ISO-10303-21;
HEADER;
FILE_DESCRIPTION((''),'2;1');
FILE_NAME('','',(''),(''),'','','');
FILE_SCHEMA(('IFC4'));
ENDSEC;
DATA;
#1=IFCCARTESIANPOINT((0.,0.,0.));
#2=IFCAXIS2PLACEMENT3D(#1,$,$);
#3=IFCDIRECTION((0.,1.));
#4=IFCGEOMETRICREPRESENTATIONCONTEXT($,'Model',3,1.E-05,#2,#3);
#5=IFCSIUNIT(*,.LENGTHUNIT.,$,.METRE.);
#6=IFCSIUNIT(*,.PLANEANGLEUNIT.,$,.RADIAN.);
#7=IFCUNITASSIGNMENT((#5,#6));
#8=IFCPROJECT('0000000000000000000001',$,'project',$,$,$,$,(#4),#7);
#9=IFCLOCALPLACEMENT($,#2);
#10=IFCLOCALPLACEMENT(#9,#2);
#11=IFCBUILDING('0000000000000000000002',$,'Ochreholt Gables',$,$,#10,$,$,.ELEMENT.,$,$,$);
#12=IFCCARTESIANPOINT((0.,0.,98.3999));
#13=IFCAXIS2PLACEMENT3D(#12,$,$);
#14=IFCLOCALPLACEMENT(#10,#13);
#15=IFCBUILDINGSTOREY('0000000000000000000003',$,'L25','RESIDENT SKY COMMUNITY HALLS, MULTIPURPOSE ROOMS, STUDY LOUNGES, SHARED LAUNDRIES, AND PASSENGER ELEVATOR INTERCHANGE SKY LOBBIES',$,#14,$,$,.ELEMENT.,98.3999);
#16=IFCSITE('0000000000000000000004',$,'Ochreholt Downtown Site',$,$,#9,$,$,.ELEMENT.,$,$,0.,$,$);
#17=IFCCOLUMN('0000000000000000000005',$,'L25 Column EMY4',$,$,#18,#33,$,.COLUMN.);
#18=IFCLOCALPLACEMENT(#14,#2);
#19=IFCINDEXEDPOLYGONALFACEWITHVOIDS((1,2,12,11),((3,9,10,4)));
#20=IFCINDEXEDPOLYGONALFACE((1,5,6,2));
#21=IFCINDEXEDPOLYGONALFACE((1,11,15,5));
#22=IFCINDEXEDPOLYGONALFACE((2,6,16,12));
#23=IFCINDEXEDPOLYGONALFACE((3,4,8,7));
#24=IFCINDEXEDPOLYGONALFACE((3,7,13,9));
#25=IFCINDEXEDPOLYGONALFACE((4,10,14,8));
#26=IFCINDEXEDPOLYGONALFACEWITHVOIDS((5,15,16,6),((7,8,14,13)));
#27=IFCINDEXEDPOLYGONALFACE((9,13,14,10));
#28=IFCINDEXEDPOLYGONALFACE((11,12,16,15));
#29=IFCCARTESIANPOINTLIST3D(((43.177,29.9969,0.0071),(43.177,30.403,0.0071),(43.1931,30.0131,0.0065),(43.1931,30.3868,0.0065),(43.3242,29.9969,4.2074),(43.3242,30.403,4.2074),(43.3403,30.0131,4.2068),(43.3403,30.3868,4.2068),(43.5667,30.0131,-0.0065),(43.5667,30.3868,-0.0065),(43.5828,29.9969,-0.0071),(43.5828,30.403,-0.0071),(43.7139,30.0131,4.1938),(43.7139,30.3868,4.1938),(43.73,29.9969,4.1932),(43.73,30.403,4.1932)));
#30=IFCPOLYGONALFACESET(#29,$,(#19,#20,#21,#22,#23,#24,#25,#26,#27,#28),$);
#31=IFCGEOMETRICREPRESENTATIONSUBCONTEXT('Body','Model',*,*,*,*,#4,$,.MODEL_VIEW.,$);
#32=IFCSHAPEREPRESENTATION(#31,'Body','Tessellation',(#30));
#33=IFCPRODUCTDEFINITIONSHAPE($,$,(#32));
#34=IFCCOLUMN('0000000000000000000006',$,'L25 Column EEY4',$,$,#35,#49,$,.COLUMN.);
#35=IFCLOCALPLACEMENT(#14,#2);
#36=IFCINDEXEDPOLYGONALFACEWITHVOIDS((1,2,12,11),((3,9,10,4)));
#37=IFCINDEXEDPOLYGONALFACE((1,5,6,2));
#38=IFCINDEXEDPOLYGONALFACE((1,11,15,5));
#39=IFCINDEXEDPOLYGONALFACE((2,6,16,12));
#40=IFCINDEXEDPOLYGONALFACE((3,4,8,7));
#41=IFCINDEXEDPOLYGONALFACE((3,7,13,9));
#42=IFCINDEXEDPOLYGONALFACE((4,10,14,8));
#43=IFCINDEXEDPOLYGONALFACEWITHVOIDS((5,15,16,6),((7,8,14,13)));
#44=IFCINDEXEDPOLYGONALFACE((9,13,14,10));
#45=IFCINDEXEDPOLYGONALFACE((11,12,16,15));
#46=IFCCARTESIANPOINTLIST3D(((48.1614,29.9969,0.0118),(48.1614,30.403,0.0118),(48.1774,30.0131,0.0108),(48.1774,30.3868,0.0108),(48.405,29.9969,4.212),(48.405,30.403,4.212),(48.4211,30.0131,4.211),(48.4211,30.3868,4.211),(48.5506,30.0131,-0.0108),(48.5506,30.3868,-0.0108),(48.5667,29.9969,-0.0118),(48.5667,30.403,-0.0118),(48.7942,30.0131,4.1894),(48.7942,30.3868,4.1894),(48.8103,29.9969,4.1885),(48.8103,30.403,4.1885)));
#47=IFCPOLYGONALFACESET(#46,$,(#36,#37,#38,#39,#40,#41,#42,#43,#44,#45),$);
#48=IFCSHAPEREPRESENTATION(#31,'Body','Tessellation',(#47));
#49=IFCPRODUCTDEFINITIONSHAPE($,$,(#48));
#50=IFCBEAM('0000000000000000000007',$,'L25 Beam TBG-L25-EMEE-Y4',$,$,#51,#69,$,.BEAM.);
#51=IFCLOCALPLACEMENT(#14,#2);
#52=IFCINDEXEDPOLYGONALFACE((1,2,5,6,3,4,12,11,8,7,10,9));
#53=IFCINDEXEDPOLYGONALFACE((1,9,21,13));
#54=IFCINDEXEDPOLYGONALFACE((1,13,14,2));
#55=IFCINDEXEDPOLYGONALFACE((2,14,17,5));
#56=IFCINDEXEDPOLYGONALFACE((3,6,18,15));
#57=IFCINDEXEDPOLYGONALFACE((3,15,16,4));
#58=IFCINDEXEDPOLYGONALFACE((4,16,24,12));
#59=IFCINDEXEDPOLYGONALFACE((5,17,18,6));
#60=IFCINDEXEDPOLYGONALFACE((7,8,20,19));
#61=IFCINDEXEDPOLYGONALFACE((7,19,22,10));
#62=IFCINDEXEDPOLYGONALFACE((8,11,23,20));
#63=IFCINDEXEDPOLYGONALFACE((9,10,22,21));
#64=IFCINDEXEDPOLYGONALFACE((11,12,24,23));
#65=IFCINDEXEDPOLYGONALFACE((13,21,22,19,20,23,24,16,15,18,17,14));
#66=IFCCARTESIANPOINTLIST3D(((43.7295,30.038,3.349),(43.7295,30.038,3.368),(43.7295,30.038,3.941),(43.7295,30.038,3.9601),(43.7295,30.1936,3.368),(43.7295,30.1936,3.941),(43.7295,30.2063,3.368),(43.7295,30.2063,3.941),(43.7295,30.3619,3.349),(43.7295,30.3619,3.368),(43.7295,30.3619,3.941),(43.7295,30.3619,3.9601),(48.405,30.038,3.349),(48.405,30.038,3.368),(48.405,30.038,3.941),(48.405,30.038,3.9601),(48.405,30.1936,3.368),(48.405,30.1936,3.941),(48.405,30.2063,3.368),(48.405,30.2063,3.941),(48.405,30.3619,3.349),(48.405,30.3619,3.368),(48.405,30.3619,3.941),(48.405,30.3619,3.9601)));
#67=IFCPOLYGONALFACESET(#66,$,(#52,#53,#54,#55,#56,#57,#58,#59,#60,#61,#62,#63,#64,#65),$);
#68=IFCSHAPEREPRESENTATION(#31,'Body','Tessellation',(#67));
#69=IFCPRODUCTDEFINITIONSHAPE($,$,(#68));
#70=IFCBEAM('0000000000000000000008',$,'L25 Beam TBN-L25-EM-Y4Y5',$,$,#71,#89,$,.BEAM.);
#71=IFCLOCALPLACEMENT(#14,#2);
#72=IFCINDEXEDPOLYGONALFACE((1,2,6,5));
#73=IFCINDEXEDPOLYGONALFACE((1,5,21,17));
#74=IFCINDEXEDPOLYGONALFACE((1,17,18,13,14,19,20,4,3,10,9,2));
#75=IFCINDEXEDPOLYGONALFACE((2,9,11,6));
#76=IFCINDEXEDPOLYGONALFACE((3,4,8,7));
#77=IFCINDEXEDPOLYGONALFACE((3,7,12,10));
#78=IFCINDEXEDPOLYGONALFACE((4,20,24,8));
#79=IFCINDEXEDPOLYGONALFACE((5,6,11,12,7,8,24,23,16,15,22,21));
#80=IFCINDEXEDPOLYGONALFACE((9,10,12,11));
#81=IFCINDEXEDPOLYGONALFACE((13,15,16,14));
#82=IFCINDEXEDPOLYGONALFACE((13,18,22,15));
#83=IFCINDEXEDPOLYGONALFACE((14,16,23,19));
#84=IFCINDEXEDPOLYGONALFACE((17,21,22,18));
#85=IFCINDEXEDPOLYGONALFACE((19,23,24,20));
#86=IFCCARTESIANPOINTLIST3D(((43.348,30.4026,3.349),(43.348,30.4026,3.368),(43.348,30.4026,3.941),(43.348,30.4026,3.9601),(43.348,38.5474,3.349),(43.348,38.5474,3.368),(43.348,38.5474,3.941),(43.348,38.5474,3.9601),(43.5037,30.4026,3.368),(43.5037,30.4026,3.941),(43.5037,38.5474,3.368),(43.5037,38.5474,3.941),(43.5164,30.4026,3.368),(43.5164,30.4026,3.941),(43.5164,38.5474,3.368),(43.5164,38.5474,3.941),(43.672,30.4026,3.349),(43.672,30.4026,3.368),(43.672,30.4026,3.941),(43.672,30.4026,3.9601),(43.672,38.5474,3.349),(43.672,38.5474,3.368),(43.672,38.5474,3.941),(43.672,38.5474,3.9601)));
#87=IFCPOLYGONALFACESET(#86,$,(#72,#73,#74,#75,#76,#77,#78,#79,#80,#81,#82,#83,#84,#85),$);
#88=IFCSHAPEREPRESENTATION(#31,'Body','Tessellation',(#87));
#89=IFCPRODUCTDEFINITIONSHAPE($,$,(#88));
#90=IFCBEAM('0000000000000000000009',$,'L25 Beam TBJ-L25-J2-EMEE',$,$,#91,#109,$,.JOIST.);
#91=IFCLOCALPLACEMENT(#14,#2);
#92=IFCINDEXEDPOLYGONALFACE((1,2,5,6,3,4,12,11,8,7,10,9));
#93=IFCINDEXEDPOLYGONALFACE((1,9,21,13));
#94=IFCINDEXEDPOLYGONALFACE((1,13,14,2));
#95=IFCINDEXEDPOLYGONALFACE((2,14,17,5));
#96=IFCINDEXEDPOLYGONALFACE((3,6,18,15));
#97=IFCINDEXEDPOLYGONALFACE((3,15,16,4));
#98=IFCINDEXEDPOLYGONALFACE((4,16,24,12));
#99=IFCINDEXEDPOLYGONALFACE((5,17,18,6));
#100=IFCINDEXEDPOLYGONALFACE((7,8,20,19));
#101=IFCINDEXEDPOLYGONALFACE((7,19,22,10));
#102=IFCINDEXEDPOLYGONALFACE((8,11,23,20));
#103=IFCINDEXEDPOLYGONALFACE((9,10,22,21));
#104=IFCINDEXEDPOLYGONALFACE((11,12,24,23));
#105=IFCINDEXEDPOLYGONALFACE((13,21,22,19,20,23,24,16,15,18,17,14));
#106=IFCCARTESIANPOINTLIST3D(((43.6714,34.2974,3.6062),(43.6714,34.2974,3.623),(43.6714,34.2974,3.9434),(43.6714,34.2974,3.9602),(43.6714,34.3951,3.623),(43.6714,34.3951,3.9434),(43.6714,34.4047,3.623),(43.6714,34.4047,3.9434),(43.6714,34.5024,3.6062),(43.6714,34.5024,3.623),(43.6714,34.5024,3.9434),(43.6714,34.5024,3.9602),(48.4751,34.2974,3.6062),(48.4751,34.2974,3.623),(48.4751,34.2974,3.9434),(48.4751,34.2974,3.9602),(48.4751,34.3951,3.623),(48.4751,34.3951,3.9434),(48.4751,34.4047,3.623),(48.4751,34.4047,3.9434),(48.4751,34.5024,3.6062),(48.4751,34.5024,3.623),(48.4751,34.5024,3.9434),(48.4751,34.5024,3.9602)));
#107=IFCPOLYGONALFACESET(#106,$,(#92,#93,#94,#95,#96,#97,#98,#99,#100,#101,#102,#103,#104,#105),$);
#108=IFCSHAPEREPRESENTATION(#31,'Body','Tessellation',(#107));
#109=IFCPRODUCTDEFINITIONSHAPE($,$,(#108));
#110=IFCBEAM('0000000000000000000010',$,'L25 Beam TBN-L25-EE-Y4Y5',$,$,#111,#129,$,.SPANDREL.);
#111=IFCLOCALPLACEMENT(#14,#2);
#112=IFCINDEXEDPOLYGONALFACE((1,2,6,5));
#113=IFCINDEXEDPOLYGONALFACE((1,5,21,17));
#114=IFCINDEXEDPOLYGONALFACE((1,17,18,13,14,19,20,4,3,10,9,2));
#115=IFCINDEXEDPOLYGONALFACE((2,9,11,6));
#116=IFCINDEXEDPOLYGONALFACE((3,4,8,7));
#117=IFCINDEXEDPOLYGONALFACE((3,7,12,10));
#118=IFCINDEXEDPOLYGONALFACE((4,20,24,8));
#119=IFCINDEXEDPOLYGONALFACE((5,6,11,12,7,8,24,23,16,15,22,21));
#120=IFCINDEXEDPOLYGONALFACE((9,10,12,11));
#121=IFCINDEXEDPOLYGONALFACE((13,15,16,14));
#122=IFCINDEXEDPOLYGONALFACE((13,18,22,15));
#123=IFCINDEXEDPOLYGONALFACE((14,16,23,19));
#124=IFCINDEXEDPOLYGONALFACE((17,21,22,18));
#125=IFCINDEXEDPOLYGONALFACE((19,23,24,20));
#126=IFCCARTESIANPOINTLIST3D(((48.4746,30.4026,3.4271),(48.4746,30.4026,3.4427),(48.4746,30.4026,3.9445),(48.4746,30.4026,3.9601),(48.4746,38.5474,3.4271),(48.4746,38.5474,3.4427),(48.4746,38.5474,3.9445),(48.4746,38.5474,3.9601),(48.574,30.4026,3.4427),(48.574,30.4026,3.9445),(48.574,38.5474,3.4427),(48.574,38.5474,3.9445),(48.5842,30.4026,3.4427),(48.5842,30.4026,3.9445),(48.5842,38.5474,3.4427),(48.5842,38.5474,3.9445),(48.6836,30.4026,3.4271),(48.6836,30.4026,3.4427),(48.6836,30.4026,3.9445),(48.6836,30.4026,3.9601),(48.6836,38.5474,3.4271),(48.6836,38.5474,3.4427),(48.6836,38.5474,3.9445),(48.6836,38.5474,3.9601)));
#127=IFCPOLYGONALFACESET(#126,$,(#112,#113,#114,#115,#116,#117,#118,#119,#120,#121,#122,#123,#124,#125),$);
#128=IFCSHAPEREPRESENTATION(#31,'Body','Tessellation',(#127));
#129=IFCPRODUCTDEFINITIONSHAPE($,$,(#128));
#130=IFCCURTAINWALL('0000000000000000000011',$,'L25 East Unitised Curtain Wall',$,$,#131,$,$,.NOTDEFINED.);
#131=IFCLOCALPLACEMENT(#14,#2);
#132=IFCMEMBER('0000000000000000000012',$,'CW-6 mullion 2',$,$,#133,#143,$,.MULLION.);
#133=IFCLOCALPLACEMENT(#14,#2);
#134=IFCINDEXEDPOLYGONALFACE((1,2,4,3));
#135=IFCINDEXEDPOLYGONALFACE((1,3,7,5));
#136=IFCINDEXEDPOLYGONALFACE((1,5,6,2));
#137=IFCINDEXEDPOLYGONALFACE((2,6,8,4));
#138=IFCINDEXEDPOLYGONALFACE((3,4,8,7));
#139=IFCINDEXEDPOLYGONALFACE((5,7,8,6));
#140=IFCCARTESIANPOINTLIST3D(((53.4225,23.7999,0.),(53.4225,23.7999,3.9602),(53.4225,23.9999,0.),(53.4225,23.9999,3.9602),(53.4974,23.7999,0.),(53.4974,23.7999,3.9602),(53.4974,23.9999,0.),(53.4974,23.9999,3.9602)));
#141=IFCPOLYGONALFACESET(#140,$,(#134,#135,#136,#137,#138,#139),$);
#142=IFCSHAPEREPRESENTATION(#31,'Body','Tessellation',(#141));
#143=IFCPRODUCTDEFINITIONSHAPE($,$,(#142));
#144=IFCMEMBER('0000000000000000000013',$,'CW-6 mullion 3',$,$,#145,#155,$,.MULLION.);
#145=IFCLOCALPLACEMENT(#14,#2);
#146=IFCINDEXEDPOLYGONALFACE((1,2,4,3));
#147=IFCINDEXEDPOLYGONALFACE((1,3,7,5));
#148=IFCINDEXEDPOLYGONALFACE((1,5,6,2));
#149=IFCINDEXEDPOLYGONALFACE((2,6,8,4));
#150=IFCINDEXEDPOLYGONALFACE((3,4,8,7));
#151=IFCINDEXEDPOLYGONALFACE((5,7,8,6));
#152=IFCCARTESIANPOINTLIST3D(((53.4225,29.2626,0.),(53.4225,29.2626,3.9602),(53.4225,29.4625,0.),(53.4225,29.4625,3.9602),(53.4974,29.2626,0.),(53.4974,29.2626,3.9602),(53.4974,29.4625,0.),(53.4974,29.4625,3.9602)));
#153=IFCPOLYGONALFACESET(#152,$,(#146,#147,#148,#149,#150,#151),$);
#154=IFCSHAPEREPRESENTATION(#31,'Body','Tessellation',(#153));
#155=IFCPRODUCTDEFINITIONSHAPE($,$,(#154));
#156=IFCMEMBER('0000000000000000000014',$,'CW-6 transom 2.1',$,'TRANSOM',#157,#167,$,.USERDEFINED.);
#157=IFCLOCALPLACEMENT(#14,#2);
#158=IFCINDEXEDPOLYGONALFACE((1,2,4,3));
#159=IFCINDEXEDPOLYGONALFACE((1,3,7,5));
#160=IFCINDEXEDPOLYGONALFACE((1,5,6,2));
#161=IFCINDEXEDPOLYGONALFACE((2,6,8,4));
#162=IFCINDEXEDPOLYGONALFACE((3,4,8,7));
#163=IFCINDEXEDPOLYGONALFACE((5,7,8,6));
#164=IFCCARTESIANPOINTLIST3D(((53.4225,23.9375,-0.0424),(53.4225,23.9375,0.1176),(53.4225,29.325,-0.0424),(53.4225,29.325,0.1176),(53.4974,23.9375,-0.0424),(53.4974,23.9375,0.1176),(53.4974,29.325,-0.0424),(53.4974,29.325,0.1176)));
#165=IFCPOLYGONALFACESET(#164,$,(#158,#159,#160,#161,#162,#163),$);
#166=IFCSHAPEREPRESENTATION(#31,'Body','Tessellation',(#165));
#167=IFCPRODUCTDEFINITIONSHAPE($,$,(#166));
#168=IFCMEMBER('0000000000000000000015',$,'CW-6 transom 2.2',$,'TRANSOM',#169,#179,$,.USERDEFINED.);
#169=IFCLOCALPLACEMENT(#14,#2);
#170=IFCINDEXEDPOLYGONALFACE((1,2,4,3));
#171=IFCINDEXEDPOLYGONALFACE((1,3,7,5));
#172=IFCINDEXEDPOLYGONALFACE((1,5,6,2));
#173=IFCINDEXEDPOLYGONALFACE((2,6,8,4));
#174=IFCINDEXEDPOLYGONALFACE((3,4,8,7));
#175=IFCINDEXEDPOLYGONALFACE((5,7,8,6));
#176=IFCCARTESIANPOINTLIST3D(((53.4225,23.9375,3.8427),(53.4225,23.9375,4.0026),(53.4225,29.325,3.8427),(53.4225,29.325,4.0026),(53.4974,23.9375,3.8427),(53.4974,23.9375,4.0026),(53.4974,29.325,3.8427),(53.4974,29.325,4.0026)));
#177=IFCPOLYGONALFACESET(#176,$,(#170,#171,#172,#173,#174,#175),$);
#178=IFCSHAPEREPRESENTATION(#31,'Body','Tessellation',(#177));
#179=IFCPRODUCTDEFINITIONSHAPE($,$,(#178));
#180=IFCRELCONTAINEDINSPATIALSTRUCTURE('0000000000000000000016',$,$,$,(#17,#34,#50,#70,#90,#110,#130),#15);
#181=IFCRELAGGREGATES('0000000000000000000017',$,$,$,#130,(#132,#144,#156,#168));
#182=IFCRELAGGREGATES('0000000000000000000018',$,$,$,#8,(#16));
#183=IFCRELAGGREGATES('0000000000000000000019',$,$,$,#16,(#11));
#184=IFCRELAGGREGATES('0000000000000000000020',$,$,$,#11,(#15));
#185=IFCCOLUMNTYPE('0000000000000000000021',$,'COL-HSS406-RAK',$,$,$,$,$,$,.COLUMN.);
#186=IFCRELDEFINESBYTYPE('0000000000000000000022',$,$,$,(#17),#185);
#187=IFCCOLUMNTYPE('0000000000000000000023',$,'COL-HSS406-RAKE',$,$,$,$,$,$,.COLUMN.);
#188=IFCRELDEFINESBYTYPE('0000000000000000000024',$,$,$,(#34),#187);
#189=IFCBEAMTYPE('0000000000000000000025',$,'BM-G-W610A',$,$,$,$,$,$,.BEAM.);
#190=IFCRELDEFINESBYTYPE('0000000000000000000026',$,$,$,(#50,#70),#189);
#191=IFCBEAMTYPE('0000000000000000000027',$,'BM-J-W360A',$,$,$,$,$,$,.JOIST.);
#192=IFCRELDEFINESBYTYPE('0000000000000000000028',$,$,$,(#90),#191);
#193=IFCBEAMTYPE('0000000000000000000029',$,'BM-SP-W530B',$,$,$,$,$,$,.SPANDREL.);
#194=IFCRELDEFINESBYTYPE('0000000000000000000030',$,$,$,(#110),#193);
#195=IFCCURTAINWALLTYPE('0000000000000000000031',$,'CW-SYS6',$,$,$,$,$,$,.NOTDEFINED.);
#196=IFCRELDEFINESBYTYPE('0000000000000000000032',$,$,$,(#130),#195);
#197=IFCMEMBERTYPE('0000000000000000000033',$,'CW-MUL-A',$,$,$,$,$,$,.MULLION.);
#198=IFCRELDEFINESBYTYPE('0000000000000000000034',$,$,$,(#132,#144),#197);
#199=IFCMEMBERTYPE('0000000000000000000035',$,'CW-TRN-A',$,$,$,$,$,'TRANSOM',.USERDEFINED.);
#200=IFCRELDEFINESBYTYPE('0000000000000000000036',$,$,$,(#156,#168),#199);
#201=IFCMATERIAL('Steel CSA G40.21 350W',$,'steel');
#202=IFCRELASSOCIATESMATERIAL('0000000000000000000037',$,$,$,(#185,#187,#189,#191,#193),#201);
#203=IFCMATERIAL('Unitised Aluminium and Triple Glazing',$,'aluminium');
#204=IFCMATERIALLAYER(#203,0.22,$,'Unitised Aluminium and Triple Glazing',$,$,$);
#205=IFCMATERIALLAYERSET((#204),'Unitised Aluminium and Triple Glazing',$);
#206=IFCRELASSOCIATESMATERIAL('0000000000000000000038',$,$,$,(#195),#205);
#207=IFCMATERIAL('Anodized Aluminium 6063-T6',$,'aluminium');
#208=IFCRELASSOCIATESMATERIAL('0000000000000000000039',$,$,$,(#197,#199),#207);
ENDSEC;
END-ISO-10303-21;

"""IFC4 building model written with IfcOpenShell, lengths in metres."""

from ifc_helpers import new_model, si_unit, direction, frame, origin, origin_2d, place, context, subcontext, project, spatial, rectangle, hollow_rectangle, i_section, extrude, material, layer, layer_set, material_profile, profile_set, type_object, element, aggregate, save


model = new_model("IFC4")

# Units and contexts
model_context = context("Model", 3, precision=1e-05, world=origin(), true_north=direction((0.0, 1.0)))
body_context = subcontext(model_context, "Body", "Model", "MODEL_VIEW")
ifc_project = project(units=[si_unit("LENGTHUNIT", "METRE"), si_unit("PLANEANGLEUNIT", "RADIAN")], contexts=[model_context])

# Site, building, storey
site_placement = place(None, origin())
site = spatial("IfcSite", under=ifc_project, at=site_placement, Name="Ochreholt Downtown Site", CompositionType="ELEMENT", RefElevation=0.0)
building_placement = place(site_placement, origin())
building = spatial("IfcBuilding", under=site, at=building_placement, Name="Ochreholt Gables", CompositionType="ELEMENT")
storey_placement = place(building_placement, frame((0.0, 0.0, 98.3999)))
storey = spatial("IfcBuildingStorey", under=building, at=storey_placement, Name="L25", Description="RESIDENT SKY COMMUNITY HALLS, MULTIPURPOSE ROOMS, STUDY LOUNGES, SHARED LAUNDRIES, AND PASSENGER ELEVATOR INTERCHANGE SKY LOBBIES", CompositionType="ELEMENT", Elevation=98.3999)

# Columns
ifc_material_1 = material(Name="Steel CSA G40.21 350W", Category="steel")
ifc_material_profile_1 = material_profile(ifc_material_1, hollow_rectangle(XDim=0.406, YDim=0.406, WallThickness=0.0161, at=origin_2d()), Name="HSS406X406X16")
ifc_profile_set_1 = profile_set([ifc_material_profile_1], Name="Steel CSA G40.21 350W")
column_type_1 = type_object("IfcColumnType", Name="COL-HSS406-RAK", PredefinedType="COLUMN", material=ifc_profile_set_1)
column_1_placement = place(storey_placement, frame((43.3799, 30.2, 0.0), z_axis=(0.035028, 0.0, 0.999386), x_axis=(0.0, 1.0, 0.0)))
element("IfcColumn", 1, at=column_1_placement, inside=storey, type_object=column_type_1, Name="L25 Column EMY4", PredefinedType="COLUMN", context=body_context, shape_type="SweptSolid", body=[
    extrude(hollow_rectangle(XDim=0.406, YDim=0.406, WallThickness=0.0161, at=origin_2d()), origin(), (0.0, 0.0, 1.0), 4.2029),
])
ifc_material_profile_2 = material_profile(ifc_material_1, hollow_rectangle(XDim=0.406, YDim=0.406, WallThickness=0.0161, at=origin_2d()), Name="HSS406X406X16")
ifc_profile_set_2 = profile_set([ifc_material_profile_2], Name="Steel CSA G40.21 350W")
column_type_2 = type_object("IfcColumnType", Name="COL-HSS406-RAKE", PredefinedType="COLUMN", material=ifc_profile_set_2)
column_2_placement = place(storey_placement, frame((48.364, 30.2, 0.0), z_axis=(0.057912, 0.0, 0.998322), x_axis=(0.0, 1.0, 0.0)))
element("IfcColumn", 2, at=column_2_placement, inside=storey, type_object=column_type_2, Name="L25 Column EEY4", PredefinedType="COLUMN", context=body_context, shape_type="SweptSolid", body=[
    extrude(hollow_rectangle(XDim=0.406, YDim=0.406, WallThickness=0.0161, at=origin_2d()), origin(), (0.0, 0.0, 1.0), 4.2073),
])

# Beams
ifc_material_profile_3 = material_profile(ifc_material_1, i_section(OverallWidth=0.324, OverallDepth=0.6111, WebThickness=0.0127, FlangeThickness=0.019, at=origin_2d()), Name="W610X155")
ifc_profile_set_3 = profile_set([ifc_material_profile_3], Name="Steel CSA G40.21 350W")
beam_type_1 = type_object("IfcBeamType", Name="BM-G-W610A", PredefinedType="BEAM", material=ifc_profile_set_3)
beam_1_placement = place(storey_placement, frame((43.7295, 30.2, 3.6545), z_axis=(1.0, 0.0, 0.0), x_axis=(0.0, 1.0, 0.0)))
element("IfcBeam", 3, at=beam_1_placement, inside=storey, type_object=beam_type_1, Name="L25 Beam TBG-L25-EMEE-Y4", PredefinedType="BEAM", context=body_context, shape_type="SweptSolid", body=[
    extrude(i_section(OverallWidth=0.324, OverallDepth=0.6111, WebThickness=0.0127, FlangeThickness=0.019, at=origin_2d()), origin(), (0.0, 0.0, 1.0), 4.6755),
])
beam_2_placement = place(storey_placement, frame((43.51, 30.4026, 3.6545), z_axis=(0.0, 1.0, 0.0), x_axis=(-1.0, 0.0, 0.0)))
element("IfcBeam", 4, at=beam_2_placement, inside=storey, type_object=beam_type_1, Name="L25 Beam TBN-L25-EM-Y4Y5", PredefinedType="BEAM", context=body_context, shape_type="SweptSolid", body=[
    extrude(i_section(OverallWidth=0.324, OverallDepth=0.6111, WebThickness=0.0127, FlangeThickness=0.019, at=origin_2d()), origin(), (0.0, 0.0, 1.0), 8.1448),
])
ifc_material_profile_4 = material_profile(ifc_material_1, i_section(OverallWidth=0.2051, OverallDepth=0.354, WebThickness=0.0095, FlangeThickness=0.0168, at=origin_2d()), Name="W360X79")
ifc_profile_set_4 = profile_set([ifc_material_profile_4], Name="Steel CSA G40.21 350W")
beam_type_2 = type_object("IfcBeamType", Name="BM-J-W360A", PredefinedType="JOIST", material=ifc_profile_set_4)
beam_3_placement = place(storey_placement, frame((43.6714, 34.3999, 3.7832), z_axis=(1.0, 0.0, 0.0), x_axis=(0.0, 1.0, 0.0)))
element("IfcBeam", 5, at=beam_3_placement, inside=storey, type_object=beam_type_2, Name="L25 Beam TBJ-L25-J2-EMEE", PredefinedType="JOIST", context=body_context, shape_type="SweptSolid", body=[
    extrude(i_section(OverallWidth=0.2051, OverallDepth=0.354, WebThickness=0.0095, FlangeThickness=0.0168, at=origin_2d()), origin(), (0.0, 0.0, 1.0), 4.8037),
])
ifc_material_profile_5 = material_profile(ifc_material_1, i_section(OverallWidth=0.209, OverallDepth=0.533, WebThickness=0.0103, FlangeThickness=0.0156, at=origin_2d()), Name="W530X92")
ifc_profile_set_5 = profile_set([ifc_material_profile_5], Name="Steel CSA G40.21 350W")
beam_type_3 = type_object("IfcBeamType", Name="BM-SP-W530B", PredefinedType="SPANDREL", material=ifc_profile_set_5)
beam_4_placement = place(storey_placement, frame((48.5791, 30.4026, 3.6936), z_axis=(0.0, 1.0, 0.0), x_axis=(-1.0, 0.0, 0.0)))
element("IfcBeam", 6, at=beam_4_placement, inside=storey, type_object=beam_type_3, Name="L25 Beam TBN-L25-EE-Y4Y5", PredefinedType="SPANDREL", context=body_context, shape_type="SweptSolid", body=[
    extrude(i_section(OverallWidth=0.209, OverallDepth=0.533, WebThickness=0.0103, FlangeThickness=0.0156, at=origin_2d()), origin(), (0.0, 0.0, 1.0), 8.1448),
])

# Curtain wall, members
ifc_material_2 = material(Name="Unitised Aluminium and Triple Glazing", Category="aluminium")
ifc_layer_1 = layer(ifc_material_2, 0.22, Name="Unitised Aluminium and Triple Glazing")
ifc_layer_set_1 = layer_set([ifc_layer_1], Name="Unitised Aluminium and Triple Glazing")
curtain_wall_type = type_object("IfcCurtainWallType", Name="CW-SYS6", PredefinedType="NOTDEFINED", material=ifc_layer_set_1)
curtain_wall_placement = place(storey_placement, origin())
curtain_wall = element("IfcCurtainWall", 7, at=curtain_wall_placement, inside=storey, type_object=curtain_wall_type, Name="L25 East Unitised Curtain Wall", PredefinedType="NOTDEFINED")
ifc_material_3 = material(Name="Anodized Aluminium 6063-T6", Category="aluminium")
ifc_material_profile_6 = material_profile(ifc_material_3, rectangle(XDim=0.075, YDim=0.2, at=origin_2d()), Name="CWM75X200")
ifc_profile_set_6 = profile_set([ifc_material_profile_6], Name="Anodized Aluminium 6063-T6")
member_type_1 = type_object("IfcMemberType", Name="CW-MUL-A", PredefinedType="MULLION", material=ifc_profile_set_6)
member_1_placement = place(storey_placement, frame((53.46, 23.8999, 0.0), z_axis=(0.0, 0.0, 1.0), x_axis=(-1.0, 0.0, 0.0)))
member_1 = element("IfcMember", 8, at=member_1_placement, type_object=member_type_1, Name="CW-6 mullion 2", PredefinedType="MULLION", context=body_context, shape_type="SweptSolid", body=[
    extrude(rectangle(XDim=0.075, YDim=0.2, at=origin_2d()), origin(), (0.0, 0.0, 1.0), 3.9602),
])
member_2_placement = place(storey_placement, frame((53.46, 29.3625, 0.0), z_axis=(0.0, 0.0, 1.0), x_axis=(-1.0, 0.0, 0.0)))
member_2 = element("IfcMember", 9, at=member_2_placement, type_object=member_type_1, Name="CW-6 mullion 3", PredefinedType="MULLION", context=body_context, shape_type="SweptSolid", body=[
    extrude(rectangle(XDim=0.075, YDim=0.2, at=origin_2d()), origin(), (0.0, 0.0, 1.0), 3.9602),
])
ifc_material_profile_7 = material_profile(ifc_material_3, rectangle(XDim=0.075, YDim=0.1599, at=origin_2d()), Name="CWT75X160")
ifc_profile_set_7 = profile_set([ifc_material_profile_7], Name="Anodized Aluminium 6063-T6")
member_type_2 = type_object("IfcMemberType", Name="CW-TRN-A", ElementType="TRANSOM", PredefinedType="USERDEFINED", material=ifc_profile_set_7)
member_3_placement = place(storey_placement, frame((53.46, 23.9375, 0.0376), z_axis=(0.0, 1.0, 0.0), x_axis=(-1.0, 0.0, 0.0)))
member_3 = element("IfcMember", 10, at=member_3_placement, type_object=member_type_2, Name="CW-6 transom 2.1", ObjectType="TRANSOM", PredefinedType="USERDEFINED", context=body_context, shape_type="SweptSolid", body=[
    extrude(rectangle(XDim=0.075, YDim=0.1599, at=origin_2d()), origin(), (0.0, 0.0, 1.0), 5.3875),
])
member_4_placement = place(storey_placement, frame((53.46, 23.9375, 3.9226), z_axis=(0.0, 1.0, 0.0), x_axis=(-1.0, 0.0, 0.0)))
member_4 = element("IfcMember", 11, at=member_4_placement, type_object=member_type_2, Name="CW-6 transom 2.2", ObjectType="TRANSOM", PredefinedType="USERDEFINED", context=body_context, shape_type="SweptSolid", body=[
    extrude(rectangle(XDim=0.075, YDim=0.1599, at=origin_2d()), origin(), (0.0, 0.0, 1.0), 5.3875),
])
aggregate(curtain_wall, [member_1, member_2, member_3, member_4])

save(model, "model.ifc")
